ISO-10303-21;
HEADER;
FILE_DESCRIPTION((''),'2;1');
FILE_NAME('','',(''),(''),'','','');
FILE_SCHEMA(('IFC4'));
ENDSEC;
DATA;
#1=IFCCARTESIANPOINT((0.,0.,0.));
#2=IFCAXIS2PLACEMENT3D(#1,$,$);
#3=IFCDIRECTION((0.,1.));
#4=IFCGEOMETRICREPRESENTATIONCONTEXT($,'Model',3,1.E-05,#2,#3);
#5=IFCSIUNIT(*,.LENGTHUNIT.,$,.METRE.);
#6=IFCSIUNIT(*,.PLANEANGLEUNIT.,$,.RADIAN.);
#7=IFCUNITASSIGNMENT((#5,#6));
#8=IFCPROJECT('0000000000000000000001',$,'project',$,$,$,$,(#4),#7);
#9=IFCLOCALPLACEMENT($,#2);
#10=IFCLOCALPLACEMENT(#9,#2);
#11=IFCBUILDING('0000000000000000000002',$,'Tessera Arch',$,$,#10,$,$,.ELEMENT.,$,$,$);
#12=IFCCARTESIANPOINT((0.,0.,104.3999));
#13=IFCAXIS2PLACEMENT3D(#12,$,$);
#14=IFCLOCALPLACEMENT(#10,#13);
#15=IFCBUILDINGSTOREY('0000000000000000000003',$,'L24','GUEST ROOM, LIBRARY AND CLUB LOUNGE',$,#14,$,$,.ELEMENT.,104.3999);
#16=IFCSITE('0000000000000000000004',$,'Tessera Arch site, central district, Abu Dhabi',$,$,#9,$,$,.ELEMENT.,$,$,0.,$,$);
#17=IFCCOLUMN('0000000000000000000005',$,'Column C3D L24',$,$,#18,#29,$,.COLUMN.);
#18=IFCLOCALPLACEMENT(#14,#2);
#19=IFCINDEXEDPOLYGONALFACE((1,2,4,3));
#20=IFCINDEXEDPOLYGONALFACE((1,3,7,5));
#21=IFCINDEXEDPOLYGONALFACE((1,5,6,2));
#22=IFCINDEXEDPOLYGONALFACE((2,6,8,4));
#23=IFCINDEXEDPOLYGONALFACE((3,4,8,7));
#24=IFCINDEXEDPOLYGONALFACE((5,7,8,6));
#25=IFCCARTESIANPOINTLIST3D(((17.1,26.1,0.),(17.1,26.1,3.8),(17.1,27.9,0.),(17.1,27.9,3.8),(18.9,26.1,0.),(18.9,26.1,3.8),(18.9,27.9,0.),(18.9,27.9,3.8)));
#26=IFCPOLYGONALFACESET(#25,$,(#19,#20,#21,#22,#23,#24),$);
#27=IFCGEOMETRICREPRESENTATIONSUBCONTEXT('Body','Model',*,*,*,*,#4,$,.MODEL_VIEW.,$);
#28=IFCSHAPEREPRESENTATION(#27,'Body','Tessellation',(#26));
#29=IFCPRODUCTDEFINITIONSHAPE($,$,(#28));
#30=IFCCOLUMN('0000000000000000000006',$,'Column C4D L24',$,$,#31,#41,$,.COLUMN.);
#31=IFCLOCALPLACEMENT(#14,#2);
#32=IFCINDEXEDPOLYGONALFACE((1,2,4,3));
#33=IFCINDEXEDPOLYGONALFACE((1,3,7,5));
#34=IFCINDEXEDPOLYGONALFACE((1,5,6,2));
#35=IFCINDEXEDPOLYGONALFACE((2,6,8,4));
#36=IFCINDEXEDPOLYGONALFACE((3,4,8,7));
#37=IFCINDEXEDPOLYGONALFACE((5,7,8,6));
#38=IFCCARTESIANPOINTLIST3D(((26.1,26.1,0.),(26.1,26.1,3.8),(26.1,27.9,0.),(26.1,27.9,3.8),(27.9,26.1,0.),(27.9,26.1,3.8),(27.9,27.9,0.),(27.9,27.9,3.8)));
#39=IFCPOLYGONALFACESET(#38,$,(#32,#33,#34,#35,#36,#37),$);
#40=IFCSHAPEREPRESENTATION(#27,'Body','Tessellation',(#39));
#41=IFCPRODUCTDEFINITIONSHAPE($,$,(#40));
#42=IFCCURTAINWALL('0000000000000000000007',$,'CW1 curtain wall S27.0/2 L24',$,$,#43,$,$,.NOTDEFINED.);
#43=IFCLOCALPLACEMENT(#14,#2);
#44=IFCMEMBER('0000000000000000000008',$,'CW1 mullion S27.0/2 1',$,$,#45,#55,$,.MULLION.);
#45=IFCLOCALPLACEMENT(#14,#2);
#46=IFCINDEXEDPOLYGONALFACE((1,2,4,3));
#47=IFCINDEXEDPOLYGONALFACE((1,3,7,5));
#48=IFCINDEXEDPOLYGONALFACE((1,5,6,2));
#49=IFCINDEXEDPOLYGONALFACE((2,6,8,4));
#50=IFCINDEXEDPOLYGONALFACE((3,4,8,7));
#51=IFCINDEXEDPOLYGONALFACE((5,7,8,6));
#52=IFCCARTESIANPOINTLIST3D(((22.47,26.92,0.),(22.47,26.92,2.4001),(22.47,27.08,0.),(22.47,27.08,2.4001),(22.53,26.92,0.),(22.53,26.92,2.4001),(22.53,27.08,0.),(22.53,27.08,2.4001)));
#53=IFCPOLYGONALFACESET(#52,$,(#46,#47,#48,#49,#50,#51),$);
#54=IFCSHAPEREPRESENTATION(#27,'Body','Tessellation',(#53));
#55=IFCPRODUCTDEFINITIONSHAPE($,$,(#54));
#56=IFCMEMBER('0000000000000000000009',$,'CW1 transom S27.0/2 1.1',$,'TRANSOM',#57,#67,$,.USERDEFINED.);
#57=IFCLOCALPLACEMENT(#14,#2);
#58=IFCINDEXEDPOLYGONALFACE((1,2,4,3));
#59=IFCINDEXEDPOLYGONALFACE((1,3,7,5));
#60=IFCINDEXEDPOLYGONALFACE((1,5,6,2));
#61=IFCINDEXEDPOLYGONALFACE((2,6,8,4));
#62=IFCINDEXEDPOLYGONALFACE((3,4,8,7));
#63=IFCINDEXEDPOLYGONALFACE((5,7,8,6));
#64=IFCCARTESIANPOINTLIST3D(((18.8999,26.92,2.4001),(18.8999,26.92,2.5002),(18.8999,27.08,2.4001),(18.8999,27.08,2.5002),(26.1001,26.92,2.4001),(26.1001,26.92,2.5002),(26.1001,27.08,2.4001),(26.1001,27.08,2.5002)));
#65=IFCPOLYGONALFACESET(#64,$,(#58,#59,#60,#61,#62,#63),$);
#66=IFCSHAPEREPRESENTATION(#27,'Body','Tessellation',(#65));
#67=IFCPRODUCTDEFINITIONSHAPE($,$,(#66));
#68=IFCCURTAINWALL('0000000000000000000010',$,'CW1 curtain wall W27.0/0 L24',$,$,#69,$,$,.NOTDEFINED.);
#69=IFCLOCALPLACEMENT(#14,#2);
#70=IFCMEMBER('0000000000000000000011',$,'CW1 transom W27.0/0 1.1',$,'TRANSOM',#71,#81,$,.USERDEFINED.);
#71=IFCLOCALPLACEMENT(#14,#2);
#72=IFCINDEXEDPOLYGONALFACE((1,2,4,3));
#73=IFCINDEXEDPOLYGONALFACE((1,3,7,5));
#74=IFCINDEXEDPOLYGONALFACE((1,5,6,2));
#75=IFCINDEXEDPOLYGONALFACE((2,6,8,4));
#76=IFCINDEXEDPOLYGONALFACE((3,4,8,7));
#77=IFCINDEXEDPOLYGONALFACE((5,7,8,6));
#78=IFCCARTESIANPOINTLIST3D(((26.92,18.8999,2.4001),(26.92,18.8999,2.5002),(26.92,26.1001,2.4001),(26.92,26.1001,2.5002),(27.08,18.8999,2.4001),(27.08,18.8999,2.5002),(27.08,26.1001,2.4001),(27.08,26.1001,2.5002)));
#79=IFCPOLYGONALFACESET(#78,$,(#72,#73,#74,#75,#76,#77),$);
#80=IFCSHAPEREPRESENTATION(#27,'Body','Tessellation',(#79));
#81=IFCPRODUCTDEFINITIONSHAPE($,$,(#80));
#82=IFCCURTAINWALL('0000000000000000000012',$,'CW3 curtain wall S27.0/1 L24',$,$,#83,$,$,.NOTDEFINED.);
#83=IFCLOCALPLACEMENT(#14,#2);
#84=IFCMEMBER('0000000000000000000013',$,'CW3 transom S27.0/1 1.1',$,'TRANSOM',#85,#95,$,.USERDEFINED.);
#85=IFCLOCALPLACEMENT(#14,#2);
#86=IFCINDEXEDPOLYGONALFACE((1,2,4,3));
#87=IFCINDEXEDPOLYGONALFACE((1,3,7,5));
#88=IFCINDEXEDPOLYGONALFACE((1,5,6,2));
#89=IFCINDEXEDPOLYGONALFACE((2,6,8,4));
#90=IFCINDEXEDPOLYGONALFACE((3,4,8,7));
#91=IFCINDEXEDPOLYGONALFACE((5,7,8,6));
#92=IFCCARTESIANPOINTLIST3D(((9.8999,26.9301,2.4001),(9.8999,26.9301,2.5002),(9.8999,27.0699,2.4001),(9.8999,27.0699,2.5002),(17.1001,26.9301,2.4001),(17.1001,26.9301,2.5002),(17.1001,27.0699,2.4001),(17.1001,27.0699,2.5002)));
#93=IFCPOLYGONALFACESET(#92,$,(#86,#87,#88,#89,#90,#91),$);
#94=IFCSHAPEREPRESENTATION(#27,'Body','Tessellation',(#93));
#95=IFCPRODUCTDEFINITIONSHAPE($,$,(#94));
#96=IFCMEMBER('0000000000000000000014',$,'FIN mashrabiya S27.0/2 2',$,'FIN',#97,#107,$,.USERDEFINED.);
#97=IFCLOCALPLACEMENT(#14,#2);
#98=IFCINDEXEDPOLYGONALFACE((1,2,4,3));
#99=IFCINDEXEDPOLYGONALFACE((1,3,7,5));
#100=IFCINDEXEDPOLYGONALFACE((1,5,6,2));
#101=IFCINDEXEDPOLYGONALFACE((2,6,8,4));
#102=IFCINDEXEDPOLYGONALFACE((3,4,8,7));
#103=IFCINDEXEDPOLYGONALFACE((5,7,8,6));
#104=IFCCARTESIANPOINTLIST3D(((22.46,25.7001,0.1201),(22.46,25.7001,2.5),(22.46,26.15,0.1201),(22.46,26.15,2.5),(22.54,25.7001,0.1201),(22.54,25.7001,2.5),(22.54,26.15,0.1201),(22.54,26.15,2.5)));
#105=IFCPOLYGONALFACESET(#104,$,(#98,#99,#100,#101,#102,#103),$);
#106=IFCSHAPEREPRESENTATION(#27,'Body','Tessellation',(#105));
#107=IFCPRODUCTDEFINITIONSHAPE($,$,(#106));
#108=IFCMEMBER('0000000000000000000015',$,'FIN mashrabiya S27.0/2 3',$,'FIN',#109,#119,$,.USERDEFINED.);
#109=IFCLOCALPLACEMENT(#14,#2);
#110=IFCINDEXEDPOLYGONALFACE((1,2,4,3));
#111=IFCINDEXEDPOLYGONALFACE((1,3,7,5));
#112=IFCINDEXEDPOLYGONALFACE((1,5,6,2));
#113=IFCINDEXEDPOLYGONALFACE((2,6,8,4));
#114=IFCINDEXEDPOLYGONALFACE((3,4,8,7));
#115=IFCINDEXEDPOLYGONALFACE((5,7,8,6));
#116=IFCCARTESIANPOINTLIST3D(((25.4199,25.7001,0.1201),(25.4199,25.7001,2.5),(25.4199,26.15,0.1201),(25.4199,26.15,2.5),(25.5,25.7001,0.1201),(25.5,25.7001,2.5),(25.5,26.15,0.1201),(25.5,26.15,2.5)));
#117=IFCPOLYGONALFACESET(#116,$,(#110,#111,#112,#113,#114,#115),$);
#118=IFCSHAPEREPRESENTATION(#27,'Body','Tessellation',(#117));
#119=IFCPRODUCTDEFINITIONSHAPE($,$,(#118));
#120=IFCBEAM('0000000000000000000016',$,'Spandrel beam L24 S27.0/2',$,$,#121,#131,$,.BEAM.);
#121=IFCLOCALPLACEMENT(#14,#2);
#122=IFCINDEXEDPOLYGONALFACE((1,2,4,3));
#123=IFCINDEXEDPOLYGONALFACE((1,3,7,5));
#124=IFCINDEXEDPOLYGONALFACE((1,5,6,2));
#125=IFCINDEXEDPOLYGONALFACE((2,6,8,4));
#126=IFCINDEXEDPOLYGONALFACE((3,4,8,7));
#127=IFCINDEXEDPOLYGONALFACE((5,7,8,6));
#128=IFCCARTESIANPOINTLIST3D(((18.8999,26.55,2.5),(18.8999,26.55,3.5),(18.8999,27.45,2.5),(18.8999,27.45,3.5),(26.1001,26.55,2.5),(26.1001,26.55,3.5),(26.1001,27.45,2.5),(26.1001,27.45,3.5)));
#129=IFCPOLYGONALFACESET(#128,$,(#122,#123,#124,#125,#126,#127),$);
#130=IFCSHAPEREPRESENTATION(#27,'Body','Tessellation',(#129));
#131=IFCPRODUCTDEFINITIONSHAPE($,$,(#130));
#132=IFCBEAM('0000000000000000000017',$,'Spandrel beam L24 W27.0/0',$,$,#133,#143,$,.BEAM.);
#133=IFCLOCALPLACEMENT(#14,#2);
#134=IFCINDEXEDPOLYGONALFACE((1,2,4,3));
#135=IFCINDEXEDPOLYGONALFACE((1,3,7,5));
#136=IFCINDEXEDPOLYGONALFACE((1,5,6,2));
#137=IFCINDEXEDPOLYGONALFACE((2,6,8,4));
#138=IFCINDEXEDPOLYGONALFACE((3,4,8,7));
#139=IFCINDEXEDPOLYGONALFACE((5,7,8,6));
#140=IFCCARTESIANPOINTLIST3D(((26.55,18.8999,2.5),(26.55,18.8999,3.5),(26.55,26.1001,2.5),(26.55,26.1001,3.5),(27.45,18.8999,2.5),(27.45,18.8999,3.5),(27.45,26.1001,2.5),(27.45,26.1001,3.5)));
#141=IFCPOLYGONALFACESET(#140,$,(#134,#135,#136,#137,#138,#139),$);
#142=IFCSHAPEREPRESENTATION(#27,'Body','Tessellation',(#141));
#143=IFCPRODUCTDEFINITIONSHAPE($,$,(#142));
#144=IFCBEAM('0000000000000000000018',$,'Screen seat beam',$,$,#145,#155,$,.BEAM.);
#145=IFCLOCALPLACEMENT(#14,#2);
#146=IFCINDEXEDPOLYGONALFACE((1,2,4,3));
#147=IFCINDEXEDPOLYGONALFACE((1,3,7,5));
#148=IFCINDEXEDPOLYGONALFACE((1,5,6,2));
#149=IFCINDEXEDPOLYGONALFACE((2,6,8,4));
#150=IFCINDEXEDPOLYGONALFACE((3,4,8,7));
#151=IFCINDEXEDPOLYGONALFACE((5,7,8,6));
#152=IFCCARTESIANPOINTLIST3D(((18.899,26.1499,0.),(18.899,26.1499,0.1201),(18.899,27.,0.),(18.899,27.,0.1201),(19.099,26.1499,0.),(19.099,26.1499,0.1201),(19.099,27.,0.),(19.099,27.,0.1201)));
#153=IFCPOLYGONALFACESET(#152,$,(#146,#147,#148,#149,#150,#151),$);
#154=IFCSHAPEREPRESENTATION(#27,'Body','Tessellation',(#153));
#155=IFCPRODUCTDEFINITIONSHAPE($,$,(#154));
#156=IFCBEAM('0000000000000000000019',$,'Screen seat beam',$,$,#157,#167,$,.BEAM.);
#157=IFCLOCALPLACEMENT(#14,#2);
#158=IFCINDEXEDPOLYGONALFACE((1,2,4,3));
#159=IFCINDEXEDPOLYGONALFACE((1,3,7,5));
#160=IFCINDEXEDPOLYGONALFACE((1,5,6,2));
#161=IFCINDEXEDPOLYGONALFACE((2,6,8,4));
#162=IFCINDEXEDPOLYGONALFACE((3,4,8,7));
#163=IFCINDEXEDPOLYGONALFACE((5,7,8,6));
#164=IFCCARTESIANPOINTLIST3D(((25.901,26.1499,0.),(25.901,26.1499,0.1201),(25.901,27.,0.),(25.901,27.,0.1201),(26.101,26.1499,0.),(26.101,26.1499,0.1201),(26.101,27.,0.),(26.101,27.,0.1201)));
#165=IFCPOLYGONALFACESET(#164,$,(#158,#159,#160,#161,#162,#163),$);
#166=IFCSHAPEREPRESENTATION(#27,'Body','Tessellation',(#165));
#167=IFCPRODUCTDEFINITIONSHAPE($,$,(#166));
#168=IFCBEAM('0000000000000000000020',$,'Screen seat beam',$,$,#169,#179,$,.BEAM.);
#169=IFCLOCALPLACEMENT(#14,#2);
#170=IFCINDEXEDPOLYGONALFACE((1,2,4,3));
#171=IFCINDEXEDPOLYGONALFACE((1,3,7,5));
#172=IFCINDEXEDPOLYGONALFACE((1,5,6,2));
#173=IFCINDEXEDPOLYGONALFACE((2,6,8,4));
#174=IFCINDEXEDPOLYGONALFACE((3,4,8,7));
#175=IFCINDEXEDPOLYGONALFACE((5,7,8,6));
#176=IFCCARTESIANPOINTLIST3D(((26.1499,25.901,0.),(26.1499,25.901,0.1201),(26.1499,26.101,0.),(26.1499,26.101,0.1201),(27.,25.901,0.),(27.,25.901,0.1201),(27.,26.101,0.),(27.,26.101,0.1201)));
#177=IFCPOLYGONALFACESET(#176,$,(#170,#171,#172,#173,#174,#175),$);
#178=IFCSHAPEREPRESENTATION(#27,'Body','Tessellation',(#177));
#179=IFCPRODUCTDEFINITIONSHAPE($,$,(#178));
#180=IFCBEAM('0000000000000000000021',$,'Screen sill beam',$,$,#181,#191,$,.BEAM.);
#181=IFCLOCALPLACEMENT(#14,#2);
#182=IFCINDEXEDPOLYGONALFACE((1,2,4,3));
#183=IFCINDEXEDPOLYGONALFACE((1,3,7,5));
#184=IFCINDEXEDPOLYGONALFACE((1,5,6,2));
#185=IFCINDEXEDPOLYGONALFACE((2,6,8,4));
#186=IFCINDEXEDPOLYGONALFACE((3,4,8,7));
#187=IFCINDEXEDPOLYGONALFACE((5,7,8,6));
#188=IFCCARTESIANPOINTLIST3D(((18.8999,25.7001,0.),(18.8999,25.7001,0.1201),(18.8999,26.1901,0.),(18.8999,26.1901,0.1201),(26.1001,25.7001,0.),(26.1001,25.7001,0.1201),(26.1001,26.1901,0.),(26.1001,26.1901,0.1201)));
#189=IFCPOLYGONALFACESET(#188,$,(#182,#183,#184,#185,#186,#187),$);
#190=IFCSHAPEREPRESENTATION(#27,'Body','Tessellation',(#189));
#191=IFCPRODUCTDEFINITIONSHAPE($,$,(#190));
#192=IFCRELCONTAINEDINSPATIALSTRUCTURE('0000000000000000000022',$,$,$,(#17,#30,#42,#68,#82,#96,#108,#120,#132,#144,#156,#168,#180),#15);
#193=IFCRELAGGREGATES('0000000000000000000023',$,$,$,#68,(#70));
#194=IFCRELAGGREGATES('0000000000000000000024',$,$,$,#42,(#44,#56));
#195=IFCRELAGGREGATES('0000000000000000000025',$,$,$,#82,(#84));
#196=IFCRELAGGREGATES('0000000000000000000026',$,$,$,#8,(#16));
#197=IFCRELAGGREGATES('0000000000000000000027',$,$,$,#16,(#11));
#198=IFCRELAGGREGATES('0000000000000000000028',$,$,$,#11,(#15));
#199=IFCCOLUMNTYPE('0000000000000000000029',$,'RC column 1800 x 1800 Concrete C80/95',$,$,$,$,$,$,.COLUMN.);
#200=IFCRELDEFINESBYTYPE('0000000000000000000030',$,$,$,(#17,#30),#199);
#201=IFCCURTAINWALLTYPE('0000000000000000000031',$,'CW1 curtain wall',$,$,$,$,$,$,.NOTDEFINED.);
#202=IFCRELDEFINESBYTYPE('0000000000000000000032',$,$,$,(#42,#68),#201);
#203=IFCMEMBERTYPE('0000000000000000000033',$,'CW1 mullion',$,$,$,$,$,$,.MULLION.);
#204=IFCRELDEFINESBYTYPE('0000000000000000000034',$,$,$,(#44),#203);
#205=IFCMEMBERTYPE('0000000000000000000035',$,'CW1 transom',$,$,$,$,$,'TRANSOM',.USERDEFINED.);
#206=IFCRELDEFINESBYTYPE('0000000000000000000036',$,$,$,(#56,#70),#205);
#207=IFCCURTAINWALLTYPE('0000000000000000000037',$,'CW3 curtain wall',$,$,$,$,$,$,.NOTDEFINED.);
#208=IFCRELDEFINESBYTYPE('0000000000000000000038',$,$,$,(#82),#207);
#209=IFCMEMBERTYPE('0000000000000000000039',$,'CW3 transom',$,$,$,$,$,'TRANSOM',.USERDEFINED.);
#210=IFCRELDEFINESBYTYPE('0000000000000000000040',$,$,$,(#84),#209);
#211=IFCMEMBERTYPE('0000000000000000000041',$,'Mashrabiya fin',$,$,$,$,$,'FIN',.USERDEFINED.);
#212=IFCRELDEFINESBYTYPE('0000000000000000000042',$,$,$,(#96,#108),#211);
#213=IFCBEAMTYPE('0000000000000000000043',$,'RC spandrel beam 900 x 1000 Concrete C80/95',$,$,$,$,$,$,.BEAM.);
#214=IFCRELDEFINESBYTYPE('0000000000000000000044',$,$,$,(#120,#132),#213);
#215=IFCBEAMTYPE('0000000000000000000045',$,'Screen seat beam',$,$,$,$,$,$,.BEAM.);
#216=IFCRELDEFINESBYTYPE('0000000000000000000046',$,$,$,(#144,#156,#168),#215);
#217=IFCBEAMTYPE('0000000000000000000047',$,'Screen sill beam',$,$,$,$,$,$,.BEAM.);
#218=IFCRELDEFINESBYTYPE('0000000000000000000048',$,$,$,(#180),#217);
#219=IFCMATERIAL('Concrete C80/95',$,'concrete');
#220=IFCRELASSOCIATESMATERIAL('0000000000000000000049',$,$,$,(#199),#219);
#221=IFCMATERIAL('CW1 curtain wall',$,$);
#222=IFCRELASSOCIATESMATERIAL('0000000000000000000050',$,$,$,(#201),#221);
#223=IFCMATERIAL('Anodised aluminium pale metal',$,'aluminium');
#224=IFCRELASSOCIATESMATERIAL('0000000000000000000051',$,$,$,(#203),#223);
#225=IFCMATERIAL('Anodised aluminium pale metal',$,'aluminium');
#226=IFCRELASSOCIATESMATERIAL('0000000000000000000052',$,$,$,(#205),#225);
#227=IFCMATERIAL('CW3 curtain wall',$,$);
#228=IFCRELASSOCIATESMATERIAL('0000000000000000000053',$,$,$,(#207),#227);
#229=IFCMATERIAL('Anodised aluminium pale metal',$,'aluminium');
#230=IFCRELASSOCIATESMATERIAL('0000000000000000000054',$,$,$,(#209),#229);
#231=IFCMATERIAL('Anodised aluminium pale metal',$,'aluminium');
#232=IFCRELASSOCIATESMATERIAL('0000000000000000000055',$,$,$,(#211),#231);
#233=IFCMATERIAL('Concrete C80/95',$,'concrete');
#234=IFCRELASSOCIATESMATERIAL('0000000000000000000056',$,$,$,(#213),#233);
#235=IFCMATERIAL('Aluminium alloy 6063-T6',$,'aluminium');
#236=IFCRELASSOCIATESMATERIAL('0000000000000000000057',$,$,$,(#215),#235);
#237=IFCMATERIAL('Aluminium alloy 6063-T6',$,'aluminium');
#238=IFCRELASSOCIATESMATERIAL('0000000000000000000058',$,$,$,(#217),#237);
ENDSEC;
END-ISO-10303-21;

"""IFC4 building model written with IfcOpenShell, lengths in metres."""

from ifc_helpers import new_model, si_unit, direction, frame, origin, origin_2d, place, context, subcontext, project, spatial, rectangle, extrude, material, material_profile, profile_set, type_object, element, aggregate, save


model = new_model("IFC4")

# Units and contexts
model_context = context("Model", 3, precision=1e-05, world=origin(), true_north=direction((0.0, 1.0)))
body_context = subcontext(model_context, "Body", "Model", "MODEL_VIEW")
ifc_project = project(units=[si_unit("LENGTHUNIT", "METRE"), si_unit("PLANEANGLEUNIT", "RADIAN")], contexts=[model_context])

# Site, building, storey
site_placement = place(None, origin())
site = spatial("IfcSite", under=ifc_project, at=site_placement, Name="Tessera Arch site, central district, Abu Dhabi", CompositionType="ELEMENT", RefElevation=0.0)
building_placement = place(site_placement, origin())
building = spatial("IfcBuilding", under=site, at=building_placement, Name="Tessera Arch", CompositionType="ELEMENT")
storey_placement = place(building_placement, frame((0.0, 0.0, 104.3999)))
storey = spatial("IfcBuildingStorey", under=building, at=storey_placement, Name="L24", Description="GUEST ROOM, LIBRARY AND CLUB LOUNGE", CompositionType="ELEMENT", Elevation=104.3999)

# Columns
ifc_material_1 = material(Name="Concrete C80/95", Category="concrete")
ifc_material_profile_1 = material_profile(ifc_material_1, rectangle(XDim=1.8, YDim=1.8, at=origin_2d()), Name="RC column 1800 x 1800 Concrete C80/95")
ifc_profile_set_1 = profile_set([ifc_material_profile_1], Name="Concrete C80/95")
column_type = type_object("IfcColumnType", Name="RC column 1800 x 1800 Concrete C80/95", PredefinedType="COLUMN", material=ifc_profile_set_1)
for number, where, z_axis, x_axis, name in (
    (1, (18.0, 27.0, 0.0), (0.0, 0.0, 1.0), (1.0, 0.0, 0.0), "Column C3D L24"),
    (2, (27.0, 27.0, 0.0), (0.0, 0.0, 1.0), (1.0, 0.0, 0.0), "Column C4D L24"),
):
    element("IfcColumn", number, at=place(storey_placement, frame(where, z_axis=z_axis, x_axis=x_axis)), inside=storey, type_object=column_type, Name=name, PredefinedType="COLUMN", context=body_context, shape_type="SweptSolid", body=[
        extrude(rectangle(XDim=1.8, YDim=1.8, at=origin_2d()), origin(), (0.0, 0.0, 1.0), 3.8),
    ])

# Curtain wall, members
ifc_material_2 = material(Name="CW1 curtain wall")
curtain_wall_type_1 = type_object("IfcCurtainWallType", Name="CW1 curtain wall", PredefinedType="NOTDEFINED", material=ifc_material_2)
curtain_wall_1_placement = place(storey_placement, origin())
curtain_wall_1 = element("IfcCurtainWall", 3, at=curtain_wall_1_placement, inside=storey, type_object=curtain_wall_type_1, Name="CW1 curtain wall S27.0/2 L24", PredefinedType="NOTDEFINED")
ifc_material_3 = material(Name="Anodised aluminium pale metal", Category="aluminium")
ifc_material_profile_2 = material_profile(ifc_material_3, rectangle(XDim=0.1599, YDim=0.0601, at=origin_2d()), Name="AL 60x160")
ifc_profile_set_2 = profile_set([ifc_material_profile_2], Name="Anodised aluminium pale metal")
member_type_1 = type_object("IfcMemberType", Name="CW1 mullion", PredefinedType="MULLION", material=ifc_profile_set_2)
member_1_placement = place(storey_placement, frame((22.5, 27.0, 0.0), z_axis=(0.0, 0.0, 1.0), x_axis=(0.0, 1.0, 0.0)))
member_1 = element("IfcMember", 4, at=member_1_placement, type_object=member_type_1, Name="CW1 mullion S27.0/2 1", PredefinedType="MULLION", context=body_context, shape_type="SweptSolid", body=[
    extrude(rectangle(XDim=0.1599, YDim=0.0601, at=origin_2d()), origin(), (0.0, 0.0, 1.0), 2.4001),
])
ifc_material_4 = material(Name="Anodised aluminium pale metal", Category="aluminium")
ifc_material_profile_3 = material_profile(ifc_material_4, rectangle(XDim=0.1599, YDim=0.1001, at=origin_2d()), Name="AL 160x100")
ifc_profile_set_3 = profile_set([ifc_material_profile_3], Name="Anodised aluminium pale metal")
member_type_2 = type_object("IfcMemberType", Name="CW1 transom", ElementType="TRANSOM", PredefinedType="USERDEFINED", material=ifc_profile_set_3)
member_2_placement = place(storey_placement, frame((18.8999, 27.0, 2.4502), z_axis=(1.0, 0.0, 0.0), x_axis=(0.0, 1.0, 0.0)))
member_2 = element("IfcMember", 5, at=member_2_placement, type_object=member_type_2, Name="CW1 transom S27.0/2 1.1", ObjectType="TRANSOM", PredefinedType="USERDEFINED", context=body_context, shape_type="SweptSolid", body=[
    extrude(rectangle(XDim=0.1599, YDim=0.1001, at=origin_2d()), origin(), (0.0, 0.0, 1.0), 7.2002),
])

# Curtain walls, members
curtain_wall_2_placement = place(storey_placement, origin())
curtain_wall_2 = element("IfcCurtainWall", 6, at=curtain_wall_2_placement, inside=storey, type_object=curtain_wall_type_1, Name="CW1 curtain wall W27.0/0 L24", PredefinedType="NOTDEFINED")
member_3_placement = place(storey_placement, frame((27.0, 26.1001, 2.4502), z_axis=(0.0, -1.0, 0.0), x_axis=(1.0, 0.0, 0.0)))
member_3 = element("IfcMember", 7, at=member_3_placement, type_object=member_type_2, Name="CW1 transom W27.0/0 1.1", ObjectType="TRANSOM", PredefinedType="USERDEFINED", context=body_context, shape_type="SweptSolid", body=[
    extrude(rectangle(XDim=0.1599, YDim=0.1001, at=origin_2d()), origin(), (0.0, 0.0, 1.0), 7.2002),
])
aggregate(curtain_wall_2, [member_3])
ifc_material_5 = material(Name="CW3 curtain wall")
curtain_wall_type_2 = type_object("IfcCurtainWallType", Name="CW3 curtain wall", PredefinedType="NOTDEFINED", material=ifc_material_5)
curtain_wall_3_placement = place(storey_placement, origin())
curtain_wall_3 = element("IfcCurtainWall", 8, at=curtain_wall_3_placement, inside=storey, type_object=curtain_wall_type_2, Name="CW3 curtain wall S27.0/1 L24", PredefinedType="NOTDEFINED")
ifc_material_6 = material(Name="Anodised aluminium pale metal", Category="aluminium")
ifc_material_profile_4 = material_profile(ifc_material_6, rectangle(XDim=0.1399, YDim=0.1001, at=origin_2d()), Name="AL 140x100")
ifc_profile_set_4 = profile_set([ifc_material_profile_4], Name="Anodised aluminium pale metal")
member_type_3 = type_object("IfcMemberType", Name="CW3 transom", ElementType="TRANSOM", PredefinedType="USERDEFINED", material=ifc_profile_set_4)
member_4_placement = place(storey_placement, frame((9.8999, 27.0, 2.4502), z_axis=(1.0, 0.0, 0.0), x_axis=(0.0, 1.0, 0.0)))
member_4 = element("IfcMember", 9, at=member_4_placement, type_object=member_type_3, Name="CW3 transom S27.0/1 1.1", ObjectType="TRANSOM", PredefinedType="USERDEFINED", context=body_context, shape_type="SweptSolid", body=[
    extrude(rectangle(XDim=0.1399, YDim=0.1001, at=origin_2d()), origin(), (0.0, 0.0, 1.0), 7.2002),
])

# Members
ifc_material_7 = material(Name="Anodised aluminium pale metal", Category="aluminium")
ifc_material_profile_5 = material_profile(ifc_material_7, rectangle(XDim=0.45, YDim=0.0801, at=origin_2d()), Name="AL 80x450")
ifc_profile_set_5 = profile_set([ifc_material_profile_5], Name="Anodised aluminium pale metal")
member_type_4 = type_object("IfcMemberType", Name="Mashrabiya fin", ElementType="FIN", PredefinedType="USERDEFINED", material=ifc_profile_set_5)
for number, where, z_axis, x_axis, name in (
    (10, (22.5, 25.925, 0.1201), (0.0, 0.0, 1.0), (0.0, -1.0, 0.0), "FIN mashrabiya S27.0/2 2"),
    (11, (25.46, 25.925, 0.1201), (0.0, 0.0, 1.0), (0.0, -1.0, 0.0), "FIN mashrabiya S27.0/2 3"),
):
    element("IfcMember", number, at=place(storey_placement, frame(where, z_axis=z_axis, x_axis=x_axis)), inside=storey, type_object=member_type_4, Name=name, ObjectType="FIN", PredefinedType="USERDEFINED", context=body_context, shape_type="SweptSolid", body=[
        extrude(rectangle(XDim=0.45, YDim=0.0801, at=origin_2d()), origin(), (0.0, 0.0, 1.0), 2.3799),
    ])

# Beams
ifc_material_8 = material(Name="Concrete C80/95", Category="concrete")
ifc_material_profile_6 = material_profile(ifc_material_8, rectangle(XDim=0.8999, YDim=1.0, at=origin_2d()), Name="RC spandrel beam 900 x 1000 Concrete C80/95")
ifc_profile_set_6 = profile_set([ifc_material_profile_6], Name="Concrete C80/95")
beam_type_1 = type_object("IfcBeamType", Name="RC spandrel beam 900 x 1000 Concrete C80/95", PredefinedType="BEAM", material=ifc_profile_set_6)
for number, where, z_axis, x_axis, name in (
    (12, (18.8999, 27.0, 3.0), (1.0, 0.0, 0.0), (0.0, 1.0, 0.0), "Spandrel beam L24 S27.0/2"),
    (13, (27.0, 26.1001, 3.0), (0.0, -1.0, 0.0), (1.0, 0.0, 0.0), "Spandrel beam L24 W27.0/0"),
):
    element("IfcBeam", number, at=place(storey_placement, frame(where, z_axis=z_axis, x_axis=x_axis)), inside=storey, type_object=beam_type_1, Name=name, PredefinedType="BEAM", context=body_context, shape_type="SweptSolid", body=[
        extrude(rectangle(XDim=0.8999, YDim=1.0, at=origin_2d()), origin(), (0.0, 0.0, 1.0), 7.2002),
    ])
ifc_material_9 = material(Name="Aluminium alloy 6063-T6", Category="aluminium")
ifc_material_profile_7 = material_profile(ifc_material_9, rectangle(XDim=0.2, YDim=0.1201, at=origin_2d()), Name="AL 200x120")
ifc_profile_set_7 = profile_set([ifc_material_profile_7], Name="Aluminium alloy 6063-T6")
beam_type_2 = type_object("IfcBeamType", Name="Screen seat beam", PredefinedType="BEAM", material=ifc_profile_set_7)
for number, where, z_axis, x_axis, name in (
    (14, (18.999, 27.0, 0.0601), (0.0, -1.0, 0.0), (1.0, 0.0, 0.0), "Screen seat beam"),
    (15, (26.001, 27.0, 0.0601), (0.0, -1.0, 0.0), (1.0, 0.0, 0.0), "Screen seat beam"),
    (16, (27.0, 26.001, 0.0601), (-1.0, 0.0, 0.0), (0.0, -1.0, 0.0), "Screen seat beam"),
):
    element("IfcBeam", number, at=place(storey_placement, frame(where, z_axis=z_axis, x_axis=x_axis)), inside=storey, type_object=beam_type_2, Name=name, PredefinedType="BEAM", context=body_context, shape_type="SweptSolid", body=[
        extrude(rectangle(XDim=0.2, YDim=0.1201, at=origin_2d()), origin(), (0.0, 0.0, 1.0), 0.8501),
    ])
ifc_material_10 = material(Name="Aluminium alloy 6063-T6", Category="aluminium")
ifc_material_profile_8 = material_profile(ifc_material_10, rectangle(XDim=0.49, YDim=0.1201, at=origin_2d()), Name="AL 490x120")
ifc_profile_set_8 = profile_set([ifc_material_profile_8], Name="Aluminium alloy 6063-T6")
beam_type_3 = type_object("IfcBeamType", Name="Screen sill beam", PredefinedType="BEAM", material=ifc_profile_set_8)
for number, where, z_axis, x_axis, name in (
    (17, (18.8999, 25.9451, 0.0601), (1.0, 0.0, 0.0), (0.0, 1.0, 0.0), "Screen sill beam"),
):
    element("IfcBeam", number, at=place(storey_placement, frame(where, z_axis=z_axis, x_axis=x_axis)), inside=storey, type_object=beam_type_3, Name=name, PredefinedType="BEAM", context=body_context, shape_type="SweptSolid", body=[
        extrude(rectangle(XDim=0.49, YDim=0.1201, at=origin_2d()), origin(), (0.0, 0.0, 1.0), 7.2002),
    ])

aggregate(curtain_wall_1, [member_1, member_2])
aggregate(curtain_wall_3, [member_4])

save(model, "model.ifc")
